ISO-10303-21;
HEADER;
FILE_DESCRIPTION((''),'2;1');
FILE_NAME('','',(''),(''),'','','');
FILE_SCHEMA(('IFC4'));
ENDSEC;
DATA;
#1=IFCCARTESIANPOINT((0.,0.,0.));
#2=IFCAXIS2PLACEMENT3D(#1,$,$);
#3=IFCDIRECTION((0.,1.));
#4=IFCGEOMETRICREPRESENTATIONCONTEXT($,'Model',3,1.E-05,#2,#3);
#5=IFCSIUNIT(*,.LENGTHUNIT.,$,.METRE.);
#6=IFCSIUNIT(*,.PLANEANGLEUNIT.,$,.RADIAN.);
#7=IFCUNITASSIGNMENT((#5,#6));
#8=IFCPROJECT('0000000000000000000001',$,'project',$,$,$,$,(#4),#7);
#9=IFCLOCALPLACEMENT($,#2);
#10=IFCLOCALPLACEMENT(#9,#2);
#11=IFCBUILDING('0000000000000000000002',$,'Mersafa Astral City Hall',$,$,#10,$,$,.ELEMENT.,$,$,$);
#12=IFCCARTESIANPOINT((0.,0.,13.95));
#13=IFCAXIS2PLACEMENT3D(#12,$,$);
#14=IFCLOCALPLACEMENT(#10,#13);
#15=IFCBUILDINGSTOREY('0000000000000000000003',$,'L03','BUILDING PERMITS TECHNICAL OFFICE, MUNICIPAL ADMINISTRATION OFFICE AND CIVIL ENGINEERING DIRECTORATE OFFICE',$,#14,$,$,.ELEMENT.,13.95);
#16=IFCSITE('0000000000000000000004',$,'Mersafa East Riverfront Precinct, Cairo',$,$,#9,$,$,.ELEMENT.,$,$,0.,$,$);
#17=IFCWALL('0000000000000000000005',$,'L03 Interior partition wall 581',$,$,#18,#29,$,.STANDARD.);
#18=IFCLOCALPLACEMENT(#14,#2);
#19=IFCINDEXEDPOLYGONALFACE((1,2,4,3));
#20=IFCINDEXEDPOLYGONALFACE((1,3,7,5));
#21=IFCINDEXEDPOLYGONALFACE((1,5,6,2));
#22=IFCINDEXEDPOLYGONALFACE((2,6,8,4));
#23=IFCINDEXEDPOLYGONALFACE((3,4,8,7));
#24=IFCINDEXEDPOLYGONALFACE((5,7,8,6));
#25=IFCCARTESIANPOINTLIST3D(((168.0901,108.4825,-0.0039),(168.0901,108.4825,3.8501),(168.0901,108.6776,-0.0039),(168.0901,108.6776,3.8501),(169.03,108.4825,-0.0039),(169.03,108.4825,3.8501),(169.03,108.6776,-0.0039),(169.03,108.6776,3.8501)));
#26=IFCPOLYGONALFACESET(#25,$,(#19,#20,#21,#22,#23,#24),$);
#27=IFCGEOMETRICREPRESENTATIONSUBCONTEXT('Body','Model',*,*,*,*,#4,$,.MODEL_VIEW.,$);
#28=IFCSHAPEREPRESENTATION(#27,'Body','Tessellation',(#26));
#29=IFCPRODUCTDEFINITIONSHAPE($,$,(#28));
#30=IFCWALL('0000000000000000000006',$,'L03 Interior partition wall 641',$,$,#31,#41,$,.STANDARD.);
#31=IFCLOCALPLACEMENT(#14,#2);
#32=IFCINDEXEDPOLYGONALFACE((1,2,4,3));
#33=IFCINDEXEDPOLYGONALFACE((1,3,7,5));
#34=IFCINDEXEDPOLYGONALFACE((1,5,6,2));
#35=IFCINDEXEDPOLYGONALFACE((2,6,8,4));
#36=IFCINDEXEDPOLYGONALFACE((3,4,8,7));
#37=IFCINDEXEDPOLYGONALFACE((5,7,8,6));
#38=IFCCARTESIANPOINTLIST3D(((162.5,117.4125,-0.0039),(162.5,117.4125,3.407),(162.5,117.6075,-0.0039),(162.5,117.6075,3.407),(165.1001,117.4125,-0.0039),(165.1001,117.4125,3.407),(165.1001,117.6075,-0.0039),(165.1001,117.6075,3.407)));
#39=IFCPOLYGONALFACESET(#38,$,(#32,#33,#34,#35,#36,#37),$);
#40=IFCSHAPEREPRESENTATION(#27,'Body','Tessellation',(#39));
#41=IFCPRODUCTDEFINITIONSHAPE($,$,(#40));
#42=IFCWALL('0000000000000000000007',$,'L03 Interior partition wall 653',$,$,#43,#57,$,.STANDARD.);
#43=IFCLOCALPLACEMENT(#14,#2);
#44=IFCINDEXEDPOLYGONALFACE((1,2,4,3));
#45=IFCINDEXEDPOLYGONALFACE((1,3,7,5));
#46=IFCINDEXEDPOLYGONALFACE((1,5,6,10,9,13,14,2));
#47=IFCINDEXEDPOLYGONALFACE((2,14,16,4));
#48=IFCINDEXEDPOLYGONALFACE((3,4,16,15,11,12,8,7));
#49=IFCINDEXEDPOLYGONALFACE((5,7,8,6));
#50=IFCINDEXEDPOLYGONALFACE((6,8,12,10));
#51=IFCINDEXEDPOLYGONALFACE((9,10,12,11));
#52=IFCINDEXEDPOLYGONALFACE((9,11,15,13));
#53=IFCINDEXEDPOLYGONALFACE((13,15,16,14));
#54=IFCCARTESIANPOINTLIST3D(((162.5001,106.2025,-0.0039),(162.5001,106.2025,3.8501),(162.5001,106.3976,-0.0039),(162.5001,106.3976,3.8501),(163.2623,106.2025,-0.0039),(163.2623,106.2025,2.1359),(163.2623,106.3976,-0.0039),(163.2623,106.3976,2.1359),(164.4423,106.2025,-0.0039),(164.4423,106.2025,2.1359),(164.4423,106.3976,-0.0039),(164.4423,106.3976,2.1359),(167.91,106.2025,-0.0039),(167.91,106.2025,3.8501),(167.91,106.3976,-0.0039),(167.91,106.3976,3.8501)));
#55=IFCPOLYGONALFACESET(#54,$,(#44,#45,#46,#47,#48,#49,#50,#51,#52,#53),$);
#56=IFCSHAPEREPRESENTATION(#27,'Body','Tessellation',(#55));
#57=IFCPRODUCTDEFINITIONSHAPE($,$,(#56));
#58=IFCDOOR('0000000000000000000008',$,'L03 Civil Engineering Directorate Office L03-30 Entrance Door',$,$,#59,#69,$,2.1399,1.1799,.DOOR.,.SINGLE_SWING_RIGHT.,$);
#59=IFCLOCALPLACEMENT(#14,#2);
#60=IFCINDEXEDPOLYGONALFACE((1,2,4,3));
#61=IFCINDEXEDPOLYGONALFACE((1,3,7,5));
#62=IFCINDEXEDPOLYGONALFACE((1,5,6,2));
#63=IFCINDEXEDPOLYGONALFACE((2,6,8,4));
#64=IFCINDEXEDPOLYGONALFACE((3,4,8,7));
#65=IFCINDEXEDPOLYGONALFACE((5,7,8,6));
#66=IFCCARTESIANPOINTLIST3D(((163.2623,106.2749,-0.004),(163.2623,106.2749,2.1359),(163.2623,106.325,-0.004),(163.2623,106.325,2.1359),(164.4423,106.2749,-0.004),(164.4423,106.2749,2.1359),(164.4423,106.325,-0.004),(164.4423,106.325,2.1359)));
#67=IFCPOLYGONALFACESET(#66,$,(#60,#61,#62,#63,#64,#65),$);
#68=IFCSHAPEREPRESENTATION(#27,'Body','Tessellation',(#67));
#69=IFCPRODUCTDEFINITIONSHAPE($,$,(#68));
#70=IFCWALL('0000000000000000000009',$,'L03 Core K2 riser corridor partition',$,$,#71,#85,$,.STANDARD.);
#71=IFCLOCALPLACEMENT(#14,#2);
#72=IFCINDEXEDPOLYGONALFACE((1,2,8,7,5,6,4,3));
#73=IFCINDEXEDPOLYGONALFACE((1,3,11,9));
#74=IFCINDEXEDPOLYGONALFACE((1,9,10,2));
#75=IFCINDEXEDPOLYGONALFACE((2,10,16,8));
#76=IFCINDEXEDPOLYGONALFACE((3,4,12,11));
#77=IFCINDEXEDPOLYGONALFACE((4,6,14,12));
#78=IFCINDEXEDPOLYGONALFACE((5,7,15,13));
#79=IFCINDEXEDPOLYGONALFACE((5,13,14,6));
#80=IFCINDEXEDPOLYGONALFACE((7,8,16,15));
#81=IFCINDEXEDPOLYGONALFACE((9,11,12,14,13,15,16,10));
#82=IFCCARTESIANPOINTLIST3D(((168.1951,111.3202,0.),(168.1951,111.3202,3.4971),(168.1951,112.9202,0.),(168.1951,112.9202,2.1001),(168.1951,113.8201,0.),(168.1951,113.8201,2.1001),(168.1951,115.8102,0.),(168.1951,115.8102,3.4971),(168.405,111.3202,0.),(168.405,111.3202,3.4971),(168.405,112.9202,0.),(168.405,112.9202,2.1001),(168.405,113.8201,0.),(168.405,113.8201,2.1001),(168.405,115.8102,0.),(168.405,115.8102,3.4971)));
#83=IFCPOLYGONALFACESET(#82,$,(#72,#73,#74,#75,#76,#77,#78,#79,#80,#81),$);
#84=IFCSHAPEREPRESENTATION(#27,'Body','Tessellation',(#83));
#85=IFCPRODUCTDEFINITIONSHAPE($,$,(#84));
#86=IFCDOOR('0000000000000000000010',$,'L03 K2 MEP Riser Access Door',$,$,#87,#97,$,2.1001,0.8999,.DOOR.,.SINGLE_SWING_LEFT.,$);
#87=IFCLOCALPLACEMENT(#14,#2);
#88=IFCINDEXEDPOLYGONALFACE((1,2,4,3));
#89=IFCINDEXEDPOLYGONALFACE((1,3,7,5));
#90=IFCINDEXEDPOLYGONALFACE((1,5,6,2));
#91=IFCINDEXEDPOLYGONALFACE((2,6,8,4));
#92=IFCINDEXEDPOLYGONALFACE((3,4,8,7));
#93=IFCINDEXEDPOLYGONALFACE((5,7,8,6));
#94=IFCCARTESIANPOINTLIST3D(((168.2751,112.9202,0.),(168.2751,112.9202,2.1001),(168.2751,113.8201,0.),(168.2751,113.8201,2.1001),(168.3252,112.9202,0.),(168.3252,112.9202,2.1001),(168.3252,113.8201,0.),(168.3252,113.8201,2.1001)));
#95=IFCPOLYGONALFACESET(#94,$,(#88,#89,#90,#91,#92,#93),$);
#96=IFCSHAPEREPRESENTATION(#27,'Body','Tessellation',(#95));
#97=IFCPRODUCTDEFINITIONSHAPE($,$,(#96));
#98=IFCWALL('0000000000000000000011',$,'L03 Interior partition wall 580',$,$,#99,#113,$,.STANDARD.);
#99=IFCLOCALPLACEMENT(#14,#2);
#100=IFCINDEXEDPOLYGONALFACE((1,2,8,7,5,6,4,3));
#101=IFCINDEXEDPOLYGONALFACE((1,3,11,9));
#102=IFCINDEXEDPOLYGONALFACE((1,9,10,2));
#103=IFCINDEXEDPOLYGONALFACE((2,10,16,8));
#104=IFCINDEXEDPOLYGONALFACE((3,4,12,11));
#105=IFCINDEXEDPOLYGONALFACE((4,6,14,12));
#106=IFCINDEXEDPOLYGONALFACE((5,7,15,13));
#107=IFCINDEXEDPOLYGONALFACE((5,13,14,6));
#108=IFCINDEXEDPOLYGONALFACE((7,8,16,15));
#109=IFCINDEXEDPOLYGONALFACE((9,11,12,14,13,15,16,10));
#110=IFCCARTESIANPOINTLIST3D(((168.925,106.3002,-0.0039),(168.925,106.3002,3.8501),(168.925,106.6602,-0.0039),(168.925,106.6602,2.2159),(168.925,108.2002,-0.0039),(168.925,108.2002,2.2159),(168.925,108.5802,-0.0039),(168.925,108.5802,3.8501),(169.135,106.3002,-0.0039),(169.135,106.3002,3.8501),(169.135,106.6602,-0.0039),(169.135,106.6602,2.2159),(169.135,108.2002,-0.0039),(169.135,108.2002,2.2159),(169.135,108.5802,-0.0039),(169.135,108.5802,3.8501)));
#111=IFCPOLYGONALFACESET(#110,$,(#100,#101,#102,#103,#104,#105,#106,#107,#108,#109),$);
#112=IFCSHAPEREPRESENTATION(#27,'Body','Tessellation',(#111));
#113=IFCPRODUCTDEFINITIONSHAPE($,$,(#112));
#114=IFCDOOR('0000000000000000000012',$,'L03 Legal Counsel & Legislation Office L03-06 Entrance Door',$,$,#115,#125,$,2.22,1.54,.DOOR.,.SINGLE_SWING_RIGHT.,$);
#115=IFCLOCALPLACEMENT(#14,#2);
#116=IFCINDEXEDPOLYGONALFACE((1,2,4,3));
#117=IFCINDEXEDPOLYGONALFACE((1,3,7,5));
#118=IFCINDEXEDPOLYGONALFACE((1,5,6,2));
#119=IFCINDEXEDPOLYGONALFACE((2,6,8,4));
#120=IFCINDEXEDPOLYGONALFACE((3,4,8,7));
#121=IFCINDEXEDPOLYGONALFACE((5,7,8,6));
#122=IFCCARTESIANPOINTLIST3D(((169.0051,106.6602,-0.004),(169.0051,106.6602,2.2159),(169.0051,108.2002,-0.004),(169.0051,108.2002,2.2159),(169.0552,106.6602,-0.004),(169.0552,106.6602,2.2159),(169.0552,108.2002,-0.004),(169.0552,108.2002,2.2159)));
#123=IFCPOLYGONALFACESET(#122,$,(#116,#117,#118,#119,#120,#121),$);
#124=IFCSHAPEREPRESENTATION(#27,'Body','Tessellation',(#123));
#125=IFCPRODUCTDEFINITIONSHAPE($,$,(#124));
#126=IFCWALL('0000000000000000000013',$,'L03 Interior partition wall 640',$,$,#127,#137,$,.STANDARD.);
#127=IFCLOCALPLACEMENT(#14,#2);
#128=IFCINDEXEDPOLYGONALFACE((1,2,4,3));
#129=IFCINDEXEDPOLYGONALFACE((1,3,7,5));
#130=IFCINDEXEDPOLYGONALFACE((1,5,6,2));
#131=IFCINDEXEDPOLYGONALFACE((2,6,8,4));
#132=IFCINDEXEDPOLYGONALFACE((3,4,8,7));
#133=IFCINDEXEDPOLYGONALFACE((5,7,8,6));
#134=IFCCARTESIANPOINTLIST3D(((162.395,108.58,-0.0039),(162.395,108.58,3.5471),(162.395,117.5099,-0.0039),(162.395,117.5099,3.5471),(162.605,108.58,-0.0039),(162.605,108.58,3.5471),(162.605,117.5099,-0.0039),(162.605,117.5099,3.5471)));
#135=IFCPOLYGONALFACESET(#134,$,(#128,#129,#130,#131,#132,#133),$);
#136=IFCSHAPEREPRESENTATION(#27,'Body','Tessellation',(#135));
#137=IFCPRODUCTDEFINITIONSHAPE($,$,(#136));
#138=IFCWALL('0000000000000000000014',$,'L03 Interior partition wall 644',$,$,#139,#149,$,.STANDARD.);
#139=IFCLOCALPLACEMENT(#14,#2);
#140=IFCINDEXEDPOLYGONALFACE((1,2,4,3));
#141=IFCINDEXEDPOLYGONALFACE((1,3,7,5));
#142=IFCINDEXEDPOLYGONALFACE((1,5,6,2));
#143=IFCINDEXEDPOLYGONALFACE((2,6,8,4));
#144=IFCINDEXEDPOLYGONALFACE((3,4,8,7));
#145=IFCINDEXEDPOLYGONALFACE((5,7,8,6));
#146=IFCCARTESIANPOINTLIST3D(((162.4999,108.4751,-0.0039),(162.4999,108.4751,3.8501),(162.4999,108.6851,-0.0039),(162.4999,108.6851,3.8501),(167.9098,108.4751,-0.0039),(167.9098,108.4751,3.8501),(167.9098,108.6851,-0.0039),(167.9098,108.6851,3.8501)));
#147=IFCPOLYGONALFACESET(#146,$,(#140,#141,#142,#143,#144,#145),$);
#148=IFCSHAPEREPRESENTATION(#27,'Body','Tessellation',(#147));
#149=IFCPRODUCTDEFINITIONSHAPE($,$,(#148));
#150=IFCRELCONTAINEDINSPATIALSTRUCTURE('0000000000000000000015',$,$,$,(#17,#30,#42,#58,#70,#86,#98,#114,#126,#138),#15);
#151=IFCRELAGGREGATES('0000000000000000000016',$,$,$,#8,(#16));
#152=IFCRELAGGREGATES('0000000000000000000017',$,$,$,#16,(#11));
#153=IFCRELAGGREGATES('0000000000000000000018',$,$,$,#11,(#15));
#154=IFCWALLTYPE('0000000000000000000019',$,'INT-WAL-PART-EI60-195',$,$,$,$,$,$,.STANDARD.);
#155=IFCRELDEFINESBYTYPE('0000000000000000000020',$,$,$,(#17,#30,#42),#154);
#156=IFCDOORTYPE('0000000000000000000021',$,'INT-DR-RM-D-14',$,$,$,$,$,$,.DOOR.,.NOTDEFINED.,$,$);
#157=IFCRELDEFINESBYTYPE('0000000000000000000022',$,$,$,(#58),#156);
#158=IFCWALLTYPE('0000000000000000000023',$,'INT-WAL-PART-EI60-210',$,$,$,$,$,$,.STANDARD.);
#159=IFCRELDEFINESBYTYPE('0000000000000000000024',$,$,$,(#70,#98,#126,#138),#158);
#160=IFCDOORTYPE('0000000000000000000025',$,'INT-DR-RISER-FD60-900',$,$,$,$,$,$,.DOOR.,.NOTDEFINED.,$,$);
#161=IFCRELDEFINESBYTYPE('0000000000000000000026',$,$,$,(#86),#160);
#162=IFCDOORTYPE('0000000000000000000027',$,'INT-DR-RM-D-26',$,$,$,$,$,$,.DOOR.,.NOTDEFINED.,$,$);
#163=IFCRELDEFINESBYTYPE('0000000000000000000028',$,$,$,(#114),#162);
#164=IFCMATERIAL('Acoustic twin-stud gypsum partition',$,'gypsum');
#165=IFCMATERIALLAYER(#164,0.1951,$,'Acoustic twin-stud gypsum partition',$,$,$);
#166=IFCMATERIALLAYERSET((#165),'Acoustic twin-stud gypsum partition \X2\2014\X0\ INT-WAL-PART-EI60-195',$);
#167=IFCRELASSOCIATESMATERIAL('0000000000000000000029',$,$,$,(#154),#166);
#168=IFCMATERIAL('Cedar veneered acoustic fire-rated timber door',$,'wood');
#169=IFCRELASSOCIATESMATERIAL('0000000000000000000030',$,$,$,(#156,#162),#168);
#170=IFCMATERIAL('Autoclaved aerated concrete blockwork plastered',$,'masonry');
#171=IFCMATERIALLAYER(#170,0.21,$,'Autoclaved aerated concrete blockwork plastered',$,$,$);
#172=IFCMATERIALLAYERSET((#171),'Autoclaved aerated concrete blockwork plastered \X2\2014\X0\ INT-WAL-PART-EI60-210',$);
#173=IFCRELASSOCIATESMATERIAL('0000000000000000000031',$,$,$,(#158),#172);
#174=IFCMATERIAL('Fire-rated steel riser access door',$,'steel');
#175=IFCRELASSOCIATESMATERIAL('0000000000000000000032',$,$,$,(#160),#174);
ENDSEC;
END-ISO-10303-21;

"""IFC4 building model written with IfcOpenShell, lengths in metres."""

from ifc_helpers import new_model, si_unit, direction, frame, frame_2d, origin, place, context, subcontext, project, spatial, rectangle, extrude, material, layer, layer_set, type_object, element, fill, save


model = new_model("IFC4")

# Units and contexts
model_context = context("Model", 3, precision=1e-05, world=origin(), true_north=direction((0.0, 1.0)))
body_context = subcontext(model_context, "Body", "Model", "MODEL_VIEW")
ifc_project = project(units=[si_unit("LENGTHUNIT", "METRE"), si_unit("PLANEANGLEUNIT", "RADIAN")], contexts=[model_context])

# Site, building, storey
site_placement = place(None, origin())
site = spatial("IfcSite", under=ifc_project, at=site_placement, Name="Mersafa East Riverfront Precinct, Cairo", CompositionType="ELEMENT", RefElevation=0.0)
building_placement = place(site_placement, origin())
building = spatial("IfcBuilding", under=site, at=building_placement, Name="Mersafa Astral City Hall", CompositionType="ELEMENT")
storey_placement = place(building_placement, frame((0.0, 0.0, 13.95)))
storey = spatial("IfcBuildingStorey", under=building, at=storey_placement, Name="L03", Description="BUILDING PERMITS TECHNICAL OFFICE, MUNICIPAL ADMINISTRATION OFFICE AND CIVIL ENGINEERING DIRECTORATE OFFICE", CompositionType="ELEMENT", Elevation=13.95)

# Walls
ifc_material_1 = material(Name="Acoustic twin-stud gypsum partition", Category="gypsum")
ifc_layer_1 = layer(ifc_material_1, 0.1951, Name="Acoustic twin-stud gypsum partition")
ifc_layer_set_1 = layer_set([ifc_layer_1], Name="Acoustic twin-stud gypsum partition — INT-WAL-PART-EI60-195")
wall_type_1 = type_object("IfcWallType", Name="INT-WAL-PART-EI60-195", PredefinedType="STANDARD", material=ifc_layer_set_1)
wall_1_placement = place(storey_placement, frame((169.03, 108.5801, -0.0039), z_axis=(0.0, 0.0, 1.0), x_axis=(-1.0, 0.0, 0.0)))
element("IfcWall", 1, at=wall_1_placement, inside=storey, type_object=wall_type_1, Name="L03 Interior partition wall 581", PredefinedType="STANDARD", context=body_context, shape_type="SweptSolid", body=[
    extrude(rectangle(XDim=0.9399, YDim=0.1951, at=frame_2d((0.47, 0.0))), origin(), (0.0, 0.0, 1.0), 3.854),
])
wall_2_placement = place(storey_placement, frame((162.5, 117.51, -0.0039), z_axis=(0.0, 0.0, 1.0), x_axis=(1.0, 0.0, 0.0)))
element("IfcWall", 2, at=wall_2_placement, inside=storey, type_object=wall_type_1, Name="L03 Interior partition wall 641", PredefinedType="STANDARD", context=body_context, shape_type="SweptSolid", body=[
    extrude(rectangle(XDim=2.6001, YDim=0.1951, at=frame_2d((1.3, 0.0))), origin(), (0.0, 0.0, 1.0), 3.4109),
])

# Walls, openings, doors
wall_3_placement = place(storey_placement, frame((162.5, 106.3, -0.0039), z_axis=(0.0, 0.0, 1.0), x_axis=(1.0, 0.0, 0.0)))
wall_3 = element("IfcWall", 3, at=wall_3_placement, inside=storey, type_object=wall_type_1, Name="L03 Interior partition wall 653", PredefinedType="STANDARD", context=body_context, shape_type="SweptSolid", body=[
    extrude(rectangle(XDim=5.4099, YDim=0.1951, at=frame_2d((2.7051, 0.0))), origin(), (0.0, 0.0, 1.0), 3.854),
])
opening_1_placement = place(wall_3_placement, frame((0.7625, 0.0, 0.0)))
opening_1 = element("IfcOpeningElement", 4, at=opening_1_placement, cuts=wall_3, PredefinedType="OPENING", context=body_context, shape_type="SweptSolid", body=[
    extrude(rectangle(XDim=1.1799, YDim=2.1399, at=frame_2d((0.5898, 1.0698))), frame((0.0, 0.1074, 0.0), z_axis=(0.0, -1.0, 0.0), x_axis=(1.0, 0.0, 0.0)), (0.0, 0.0, 1.0), 0.2151),
])
ifc_material_2 = material(Name="Cedar veneered acoustic fire-rated timber door", Category="wood")
door_type_1 = type_object("IfcDoorType", Name="INT-DR-RM-D-14", OperationType="NOTDEFINED", PredefinedType="DOOR", material=ifc_material_2)
door_1_placement = place(opening_1_placement, origin())
door_1 = element("IfcDoor", 5, at=door_1_placement, inside=storey, type_object=door_type_1, Name="L03 Civil Engineering Directorate Office L03-30 Entrance Door", OperationType="SINGLE_SWING_RIGHT", OverallHeight=2.1399, OverallWidth=1.1799, PredefinedType="DOOR", context=body_context, shape_type="SweptSolid", body=[
    extrude(rectangle(XDim=1.1799, YDim=2.1399, at=frame_2d((0.5898, 1.0698))), frame((0.0, 0.0249, 0.0), z_axis=(0.0, -1.0, 0.0), x_axis=(1.0, 0.0, 0.0)), (0.0, 0.0, 1.0), 0.05),
])
fill(opening_1, door_1)
ifc_material_3 = material(Name="Autoclaved aerated concrete blockwork plastered", Category="masonry")
ifc_layer_2 = layer(ifc_material_3, 0.21, Name="Autoclaved aerated concrete blockwork plastered")
ifc_layer_set_2 = layer_set([ifc_layer_2], Name="Autoclaved aerated concrete blockwork plastered — INT-WAL-PART-EI60-210")
wall_type_2 = type_object("IfcWallType", Name="INT-WAL-PART-EI60-210", PredefinedType="STANDARD", material=ifc_layer_set_2)
wall_4_placement = place(storey_placement, frame((168.3, 111.3201, 0.0), z_axis=(0.0, 0.0, 1.0), x_axis=(0.0, 1.0, 0.0)))
wall_4 = element("IfcWall", 6, at=wall_4_placement, inside=storey, type_object=wall_type_2, Name="L03 Core K2 riser corridor partition", PredefinedType="STANDARD", context=body_context, shape_type="SweptSolid", body=[
    extrude(rectangle(XDim=4.49, YDim=0.21, at=frame_2d((2.2451, 0.0))), origin(), (0.0, 0.0, 1.0), 3.4971),
])
opening_2_placement = place(wall_4_placement, frame((1.6001, 0.0, 0.0)))
opening_2 = element("IfcOpeningElement", 7, at=opening_2_placement, cuts=wall_4, PredefinedType="OPENING", context=body_context, shape_type="SweptSolid", body=[
    extrude(rectangle(XDim=0.8999, YDim=2.1001, at=frame_2d((0.45, 1.05))), frame((0.0, 0.115, 0.0), z_axis=(0.0, -1.0, 0.0), x_axis=(1.0, 0.0, 0.0)), (0.0, 0.0, 1.0), 0.23),
])
ifc_material_4 = material(Name="Fire-rated steel riser access door", Category="steel")
door_type_2 = type_object("IfcDoorType", Name="INT-DR-RISER-FD60-900", OperationType="NOTDEFINED", PredefinedType="DOOR", material=ifc_material_4)
door_2_placement = place(opening_2_placement, origin())
door_2 = element("IfcDoor", 8, at=door_2_placement, inside=storey, type_object=door_type_2, Name="L03 K2 MEP Riser Access Door", OperationType="SINGLE_SWING_LEFT", OverallHeight=2.1001, OverallWidth=0.8999, PredefinedType="DOOR", context=body_context, shape_type="SweptSolid", body=[
    extrude(rectangle(XDim=0.8999, YDim=2.1001, at=frame_2d((0.45, 1.05))), frame((0.0, 0.0249, 0.0), z_axis=(0.0, -1.0, 0.0), x_axis=(1.0, 0.0, 0.0)), (0.0, 0.0, 1.0), 0.05),
])
fill(opening_2, door_2)
wall_5_placement = place(storey_placement, frame((169.03, 106.3, -0.0039), z_axis=(0.0, 0.0, 1.0), x_axis=(0.0, 1.0, 0.0)))
wall_5 = element("IfcWall", 9, at=wall_5_placement, inside=storey, type_object=wall_type_2, Name="L03 Interior partition wall 580", PredefinedType="STANDARD", context=body_context, shape_type="SweptSolid", body=[
    extrude(rectangle(XDim=2.28, YDim=0.21, at=frame_2d((1.1401, 0.0))), origin(), (0.0, 0.0, 1.0), 3.854),
])
opening_3_placement = place(wall_5_placement, frame((0.3601, 0.0, 0.0)))
opening_3 = element("IfcOpeningElement", 10, at=opening_3_placement, cuts=wall_5, PredefinedType="OPENING", context=body_context, shape_type="SweptSolid", body=[
    extrude(rectangle(XDim=1.54, YDim=2.22, at=frame_2d((0.77, 1.1099))), frame((0.0, 0.115, 0.0), z_axis=(0.0, -1.0, 0.0), x_axis=(1.0, 0.0, 0.0)), (0.0, 0.0, 1.0), 0.23),
])
door_type_3 = type_object("IfcDoorType", Name="INT-DR-RM-D-26", OperationType="NOTDEFINED", PredefinedType="DOOR", material=ifc_material_2)
door_3_placement = place(opening_3_placement, origin())
door_3 = element("IfcDoor", 11, at=door_3_placement, inside=storey, type_object=door_type_3, Name="L03 Legal Counsel & Legislation Office L03-06 Entrance Door", OperationType="SINGLE_SWING_RIGHT", OverallHeight=2.22, OverallWidth=1.54, PredefinedType="DOOR", context=body_context, shape_type="SweptSolid", body=[
    extrude(rectangle(XDim=1.54, YDim=2.22, at=frame_2d((0.77, 1.1099))), frame((0.0, 0.0249, 0.0), z_axis=(0.0, -1.0, 0.0), x_axis=(1.0, 0.0, 0.0)), (0.0, 0.0, 1.0), 0.05),
])
fill(opening_3, door_3)

# Walls
wall_6_placement = place(storey_placement, frame((162.5, 108.5801, -0.0039), z_axis=(0.0, 0.0, 1.0), x_axis=(0.0, 1.0, 0.0)))
element("IfcWall", 12, at=wall_6_placement, inside=storey, type_object=wall_type_2, Name="L03 Interior partition wall 640", PredefinedType="STANDARD", context=body_context, shape_type="SweptSolid", body=[
    extrude(rectangle(XDim=8.9299, YDim=0.21, at=frame_2d((4.4648, 0.0))), origin(), (0.0, 0.0, 1.0), 3.551),
])
wall_7_placement = place(storey_placement, frame((167.9099, 108.5801, -0.0039), z_axis=(0.0, 0.0, 1.0), x_axis=(-1.0, 0.0, 0.0)))
element("IfcWall", 13, at=wall_7_placement, inside=storey, type_object=wall_type_2, Name="L03 Interior partition wall 644", PredefinedType="STANDARD", context=body_context, shape_type="SweptSolid", body=[
    extrude(rectangle(XDim=5.4099, YDim=0.21, at=frame_2d((2.7051, 0.0))), origin(), (0.0, 0.0, 1.0), 3.854),
])

save(model, "model.ifc")
